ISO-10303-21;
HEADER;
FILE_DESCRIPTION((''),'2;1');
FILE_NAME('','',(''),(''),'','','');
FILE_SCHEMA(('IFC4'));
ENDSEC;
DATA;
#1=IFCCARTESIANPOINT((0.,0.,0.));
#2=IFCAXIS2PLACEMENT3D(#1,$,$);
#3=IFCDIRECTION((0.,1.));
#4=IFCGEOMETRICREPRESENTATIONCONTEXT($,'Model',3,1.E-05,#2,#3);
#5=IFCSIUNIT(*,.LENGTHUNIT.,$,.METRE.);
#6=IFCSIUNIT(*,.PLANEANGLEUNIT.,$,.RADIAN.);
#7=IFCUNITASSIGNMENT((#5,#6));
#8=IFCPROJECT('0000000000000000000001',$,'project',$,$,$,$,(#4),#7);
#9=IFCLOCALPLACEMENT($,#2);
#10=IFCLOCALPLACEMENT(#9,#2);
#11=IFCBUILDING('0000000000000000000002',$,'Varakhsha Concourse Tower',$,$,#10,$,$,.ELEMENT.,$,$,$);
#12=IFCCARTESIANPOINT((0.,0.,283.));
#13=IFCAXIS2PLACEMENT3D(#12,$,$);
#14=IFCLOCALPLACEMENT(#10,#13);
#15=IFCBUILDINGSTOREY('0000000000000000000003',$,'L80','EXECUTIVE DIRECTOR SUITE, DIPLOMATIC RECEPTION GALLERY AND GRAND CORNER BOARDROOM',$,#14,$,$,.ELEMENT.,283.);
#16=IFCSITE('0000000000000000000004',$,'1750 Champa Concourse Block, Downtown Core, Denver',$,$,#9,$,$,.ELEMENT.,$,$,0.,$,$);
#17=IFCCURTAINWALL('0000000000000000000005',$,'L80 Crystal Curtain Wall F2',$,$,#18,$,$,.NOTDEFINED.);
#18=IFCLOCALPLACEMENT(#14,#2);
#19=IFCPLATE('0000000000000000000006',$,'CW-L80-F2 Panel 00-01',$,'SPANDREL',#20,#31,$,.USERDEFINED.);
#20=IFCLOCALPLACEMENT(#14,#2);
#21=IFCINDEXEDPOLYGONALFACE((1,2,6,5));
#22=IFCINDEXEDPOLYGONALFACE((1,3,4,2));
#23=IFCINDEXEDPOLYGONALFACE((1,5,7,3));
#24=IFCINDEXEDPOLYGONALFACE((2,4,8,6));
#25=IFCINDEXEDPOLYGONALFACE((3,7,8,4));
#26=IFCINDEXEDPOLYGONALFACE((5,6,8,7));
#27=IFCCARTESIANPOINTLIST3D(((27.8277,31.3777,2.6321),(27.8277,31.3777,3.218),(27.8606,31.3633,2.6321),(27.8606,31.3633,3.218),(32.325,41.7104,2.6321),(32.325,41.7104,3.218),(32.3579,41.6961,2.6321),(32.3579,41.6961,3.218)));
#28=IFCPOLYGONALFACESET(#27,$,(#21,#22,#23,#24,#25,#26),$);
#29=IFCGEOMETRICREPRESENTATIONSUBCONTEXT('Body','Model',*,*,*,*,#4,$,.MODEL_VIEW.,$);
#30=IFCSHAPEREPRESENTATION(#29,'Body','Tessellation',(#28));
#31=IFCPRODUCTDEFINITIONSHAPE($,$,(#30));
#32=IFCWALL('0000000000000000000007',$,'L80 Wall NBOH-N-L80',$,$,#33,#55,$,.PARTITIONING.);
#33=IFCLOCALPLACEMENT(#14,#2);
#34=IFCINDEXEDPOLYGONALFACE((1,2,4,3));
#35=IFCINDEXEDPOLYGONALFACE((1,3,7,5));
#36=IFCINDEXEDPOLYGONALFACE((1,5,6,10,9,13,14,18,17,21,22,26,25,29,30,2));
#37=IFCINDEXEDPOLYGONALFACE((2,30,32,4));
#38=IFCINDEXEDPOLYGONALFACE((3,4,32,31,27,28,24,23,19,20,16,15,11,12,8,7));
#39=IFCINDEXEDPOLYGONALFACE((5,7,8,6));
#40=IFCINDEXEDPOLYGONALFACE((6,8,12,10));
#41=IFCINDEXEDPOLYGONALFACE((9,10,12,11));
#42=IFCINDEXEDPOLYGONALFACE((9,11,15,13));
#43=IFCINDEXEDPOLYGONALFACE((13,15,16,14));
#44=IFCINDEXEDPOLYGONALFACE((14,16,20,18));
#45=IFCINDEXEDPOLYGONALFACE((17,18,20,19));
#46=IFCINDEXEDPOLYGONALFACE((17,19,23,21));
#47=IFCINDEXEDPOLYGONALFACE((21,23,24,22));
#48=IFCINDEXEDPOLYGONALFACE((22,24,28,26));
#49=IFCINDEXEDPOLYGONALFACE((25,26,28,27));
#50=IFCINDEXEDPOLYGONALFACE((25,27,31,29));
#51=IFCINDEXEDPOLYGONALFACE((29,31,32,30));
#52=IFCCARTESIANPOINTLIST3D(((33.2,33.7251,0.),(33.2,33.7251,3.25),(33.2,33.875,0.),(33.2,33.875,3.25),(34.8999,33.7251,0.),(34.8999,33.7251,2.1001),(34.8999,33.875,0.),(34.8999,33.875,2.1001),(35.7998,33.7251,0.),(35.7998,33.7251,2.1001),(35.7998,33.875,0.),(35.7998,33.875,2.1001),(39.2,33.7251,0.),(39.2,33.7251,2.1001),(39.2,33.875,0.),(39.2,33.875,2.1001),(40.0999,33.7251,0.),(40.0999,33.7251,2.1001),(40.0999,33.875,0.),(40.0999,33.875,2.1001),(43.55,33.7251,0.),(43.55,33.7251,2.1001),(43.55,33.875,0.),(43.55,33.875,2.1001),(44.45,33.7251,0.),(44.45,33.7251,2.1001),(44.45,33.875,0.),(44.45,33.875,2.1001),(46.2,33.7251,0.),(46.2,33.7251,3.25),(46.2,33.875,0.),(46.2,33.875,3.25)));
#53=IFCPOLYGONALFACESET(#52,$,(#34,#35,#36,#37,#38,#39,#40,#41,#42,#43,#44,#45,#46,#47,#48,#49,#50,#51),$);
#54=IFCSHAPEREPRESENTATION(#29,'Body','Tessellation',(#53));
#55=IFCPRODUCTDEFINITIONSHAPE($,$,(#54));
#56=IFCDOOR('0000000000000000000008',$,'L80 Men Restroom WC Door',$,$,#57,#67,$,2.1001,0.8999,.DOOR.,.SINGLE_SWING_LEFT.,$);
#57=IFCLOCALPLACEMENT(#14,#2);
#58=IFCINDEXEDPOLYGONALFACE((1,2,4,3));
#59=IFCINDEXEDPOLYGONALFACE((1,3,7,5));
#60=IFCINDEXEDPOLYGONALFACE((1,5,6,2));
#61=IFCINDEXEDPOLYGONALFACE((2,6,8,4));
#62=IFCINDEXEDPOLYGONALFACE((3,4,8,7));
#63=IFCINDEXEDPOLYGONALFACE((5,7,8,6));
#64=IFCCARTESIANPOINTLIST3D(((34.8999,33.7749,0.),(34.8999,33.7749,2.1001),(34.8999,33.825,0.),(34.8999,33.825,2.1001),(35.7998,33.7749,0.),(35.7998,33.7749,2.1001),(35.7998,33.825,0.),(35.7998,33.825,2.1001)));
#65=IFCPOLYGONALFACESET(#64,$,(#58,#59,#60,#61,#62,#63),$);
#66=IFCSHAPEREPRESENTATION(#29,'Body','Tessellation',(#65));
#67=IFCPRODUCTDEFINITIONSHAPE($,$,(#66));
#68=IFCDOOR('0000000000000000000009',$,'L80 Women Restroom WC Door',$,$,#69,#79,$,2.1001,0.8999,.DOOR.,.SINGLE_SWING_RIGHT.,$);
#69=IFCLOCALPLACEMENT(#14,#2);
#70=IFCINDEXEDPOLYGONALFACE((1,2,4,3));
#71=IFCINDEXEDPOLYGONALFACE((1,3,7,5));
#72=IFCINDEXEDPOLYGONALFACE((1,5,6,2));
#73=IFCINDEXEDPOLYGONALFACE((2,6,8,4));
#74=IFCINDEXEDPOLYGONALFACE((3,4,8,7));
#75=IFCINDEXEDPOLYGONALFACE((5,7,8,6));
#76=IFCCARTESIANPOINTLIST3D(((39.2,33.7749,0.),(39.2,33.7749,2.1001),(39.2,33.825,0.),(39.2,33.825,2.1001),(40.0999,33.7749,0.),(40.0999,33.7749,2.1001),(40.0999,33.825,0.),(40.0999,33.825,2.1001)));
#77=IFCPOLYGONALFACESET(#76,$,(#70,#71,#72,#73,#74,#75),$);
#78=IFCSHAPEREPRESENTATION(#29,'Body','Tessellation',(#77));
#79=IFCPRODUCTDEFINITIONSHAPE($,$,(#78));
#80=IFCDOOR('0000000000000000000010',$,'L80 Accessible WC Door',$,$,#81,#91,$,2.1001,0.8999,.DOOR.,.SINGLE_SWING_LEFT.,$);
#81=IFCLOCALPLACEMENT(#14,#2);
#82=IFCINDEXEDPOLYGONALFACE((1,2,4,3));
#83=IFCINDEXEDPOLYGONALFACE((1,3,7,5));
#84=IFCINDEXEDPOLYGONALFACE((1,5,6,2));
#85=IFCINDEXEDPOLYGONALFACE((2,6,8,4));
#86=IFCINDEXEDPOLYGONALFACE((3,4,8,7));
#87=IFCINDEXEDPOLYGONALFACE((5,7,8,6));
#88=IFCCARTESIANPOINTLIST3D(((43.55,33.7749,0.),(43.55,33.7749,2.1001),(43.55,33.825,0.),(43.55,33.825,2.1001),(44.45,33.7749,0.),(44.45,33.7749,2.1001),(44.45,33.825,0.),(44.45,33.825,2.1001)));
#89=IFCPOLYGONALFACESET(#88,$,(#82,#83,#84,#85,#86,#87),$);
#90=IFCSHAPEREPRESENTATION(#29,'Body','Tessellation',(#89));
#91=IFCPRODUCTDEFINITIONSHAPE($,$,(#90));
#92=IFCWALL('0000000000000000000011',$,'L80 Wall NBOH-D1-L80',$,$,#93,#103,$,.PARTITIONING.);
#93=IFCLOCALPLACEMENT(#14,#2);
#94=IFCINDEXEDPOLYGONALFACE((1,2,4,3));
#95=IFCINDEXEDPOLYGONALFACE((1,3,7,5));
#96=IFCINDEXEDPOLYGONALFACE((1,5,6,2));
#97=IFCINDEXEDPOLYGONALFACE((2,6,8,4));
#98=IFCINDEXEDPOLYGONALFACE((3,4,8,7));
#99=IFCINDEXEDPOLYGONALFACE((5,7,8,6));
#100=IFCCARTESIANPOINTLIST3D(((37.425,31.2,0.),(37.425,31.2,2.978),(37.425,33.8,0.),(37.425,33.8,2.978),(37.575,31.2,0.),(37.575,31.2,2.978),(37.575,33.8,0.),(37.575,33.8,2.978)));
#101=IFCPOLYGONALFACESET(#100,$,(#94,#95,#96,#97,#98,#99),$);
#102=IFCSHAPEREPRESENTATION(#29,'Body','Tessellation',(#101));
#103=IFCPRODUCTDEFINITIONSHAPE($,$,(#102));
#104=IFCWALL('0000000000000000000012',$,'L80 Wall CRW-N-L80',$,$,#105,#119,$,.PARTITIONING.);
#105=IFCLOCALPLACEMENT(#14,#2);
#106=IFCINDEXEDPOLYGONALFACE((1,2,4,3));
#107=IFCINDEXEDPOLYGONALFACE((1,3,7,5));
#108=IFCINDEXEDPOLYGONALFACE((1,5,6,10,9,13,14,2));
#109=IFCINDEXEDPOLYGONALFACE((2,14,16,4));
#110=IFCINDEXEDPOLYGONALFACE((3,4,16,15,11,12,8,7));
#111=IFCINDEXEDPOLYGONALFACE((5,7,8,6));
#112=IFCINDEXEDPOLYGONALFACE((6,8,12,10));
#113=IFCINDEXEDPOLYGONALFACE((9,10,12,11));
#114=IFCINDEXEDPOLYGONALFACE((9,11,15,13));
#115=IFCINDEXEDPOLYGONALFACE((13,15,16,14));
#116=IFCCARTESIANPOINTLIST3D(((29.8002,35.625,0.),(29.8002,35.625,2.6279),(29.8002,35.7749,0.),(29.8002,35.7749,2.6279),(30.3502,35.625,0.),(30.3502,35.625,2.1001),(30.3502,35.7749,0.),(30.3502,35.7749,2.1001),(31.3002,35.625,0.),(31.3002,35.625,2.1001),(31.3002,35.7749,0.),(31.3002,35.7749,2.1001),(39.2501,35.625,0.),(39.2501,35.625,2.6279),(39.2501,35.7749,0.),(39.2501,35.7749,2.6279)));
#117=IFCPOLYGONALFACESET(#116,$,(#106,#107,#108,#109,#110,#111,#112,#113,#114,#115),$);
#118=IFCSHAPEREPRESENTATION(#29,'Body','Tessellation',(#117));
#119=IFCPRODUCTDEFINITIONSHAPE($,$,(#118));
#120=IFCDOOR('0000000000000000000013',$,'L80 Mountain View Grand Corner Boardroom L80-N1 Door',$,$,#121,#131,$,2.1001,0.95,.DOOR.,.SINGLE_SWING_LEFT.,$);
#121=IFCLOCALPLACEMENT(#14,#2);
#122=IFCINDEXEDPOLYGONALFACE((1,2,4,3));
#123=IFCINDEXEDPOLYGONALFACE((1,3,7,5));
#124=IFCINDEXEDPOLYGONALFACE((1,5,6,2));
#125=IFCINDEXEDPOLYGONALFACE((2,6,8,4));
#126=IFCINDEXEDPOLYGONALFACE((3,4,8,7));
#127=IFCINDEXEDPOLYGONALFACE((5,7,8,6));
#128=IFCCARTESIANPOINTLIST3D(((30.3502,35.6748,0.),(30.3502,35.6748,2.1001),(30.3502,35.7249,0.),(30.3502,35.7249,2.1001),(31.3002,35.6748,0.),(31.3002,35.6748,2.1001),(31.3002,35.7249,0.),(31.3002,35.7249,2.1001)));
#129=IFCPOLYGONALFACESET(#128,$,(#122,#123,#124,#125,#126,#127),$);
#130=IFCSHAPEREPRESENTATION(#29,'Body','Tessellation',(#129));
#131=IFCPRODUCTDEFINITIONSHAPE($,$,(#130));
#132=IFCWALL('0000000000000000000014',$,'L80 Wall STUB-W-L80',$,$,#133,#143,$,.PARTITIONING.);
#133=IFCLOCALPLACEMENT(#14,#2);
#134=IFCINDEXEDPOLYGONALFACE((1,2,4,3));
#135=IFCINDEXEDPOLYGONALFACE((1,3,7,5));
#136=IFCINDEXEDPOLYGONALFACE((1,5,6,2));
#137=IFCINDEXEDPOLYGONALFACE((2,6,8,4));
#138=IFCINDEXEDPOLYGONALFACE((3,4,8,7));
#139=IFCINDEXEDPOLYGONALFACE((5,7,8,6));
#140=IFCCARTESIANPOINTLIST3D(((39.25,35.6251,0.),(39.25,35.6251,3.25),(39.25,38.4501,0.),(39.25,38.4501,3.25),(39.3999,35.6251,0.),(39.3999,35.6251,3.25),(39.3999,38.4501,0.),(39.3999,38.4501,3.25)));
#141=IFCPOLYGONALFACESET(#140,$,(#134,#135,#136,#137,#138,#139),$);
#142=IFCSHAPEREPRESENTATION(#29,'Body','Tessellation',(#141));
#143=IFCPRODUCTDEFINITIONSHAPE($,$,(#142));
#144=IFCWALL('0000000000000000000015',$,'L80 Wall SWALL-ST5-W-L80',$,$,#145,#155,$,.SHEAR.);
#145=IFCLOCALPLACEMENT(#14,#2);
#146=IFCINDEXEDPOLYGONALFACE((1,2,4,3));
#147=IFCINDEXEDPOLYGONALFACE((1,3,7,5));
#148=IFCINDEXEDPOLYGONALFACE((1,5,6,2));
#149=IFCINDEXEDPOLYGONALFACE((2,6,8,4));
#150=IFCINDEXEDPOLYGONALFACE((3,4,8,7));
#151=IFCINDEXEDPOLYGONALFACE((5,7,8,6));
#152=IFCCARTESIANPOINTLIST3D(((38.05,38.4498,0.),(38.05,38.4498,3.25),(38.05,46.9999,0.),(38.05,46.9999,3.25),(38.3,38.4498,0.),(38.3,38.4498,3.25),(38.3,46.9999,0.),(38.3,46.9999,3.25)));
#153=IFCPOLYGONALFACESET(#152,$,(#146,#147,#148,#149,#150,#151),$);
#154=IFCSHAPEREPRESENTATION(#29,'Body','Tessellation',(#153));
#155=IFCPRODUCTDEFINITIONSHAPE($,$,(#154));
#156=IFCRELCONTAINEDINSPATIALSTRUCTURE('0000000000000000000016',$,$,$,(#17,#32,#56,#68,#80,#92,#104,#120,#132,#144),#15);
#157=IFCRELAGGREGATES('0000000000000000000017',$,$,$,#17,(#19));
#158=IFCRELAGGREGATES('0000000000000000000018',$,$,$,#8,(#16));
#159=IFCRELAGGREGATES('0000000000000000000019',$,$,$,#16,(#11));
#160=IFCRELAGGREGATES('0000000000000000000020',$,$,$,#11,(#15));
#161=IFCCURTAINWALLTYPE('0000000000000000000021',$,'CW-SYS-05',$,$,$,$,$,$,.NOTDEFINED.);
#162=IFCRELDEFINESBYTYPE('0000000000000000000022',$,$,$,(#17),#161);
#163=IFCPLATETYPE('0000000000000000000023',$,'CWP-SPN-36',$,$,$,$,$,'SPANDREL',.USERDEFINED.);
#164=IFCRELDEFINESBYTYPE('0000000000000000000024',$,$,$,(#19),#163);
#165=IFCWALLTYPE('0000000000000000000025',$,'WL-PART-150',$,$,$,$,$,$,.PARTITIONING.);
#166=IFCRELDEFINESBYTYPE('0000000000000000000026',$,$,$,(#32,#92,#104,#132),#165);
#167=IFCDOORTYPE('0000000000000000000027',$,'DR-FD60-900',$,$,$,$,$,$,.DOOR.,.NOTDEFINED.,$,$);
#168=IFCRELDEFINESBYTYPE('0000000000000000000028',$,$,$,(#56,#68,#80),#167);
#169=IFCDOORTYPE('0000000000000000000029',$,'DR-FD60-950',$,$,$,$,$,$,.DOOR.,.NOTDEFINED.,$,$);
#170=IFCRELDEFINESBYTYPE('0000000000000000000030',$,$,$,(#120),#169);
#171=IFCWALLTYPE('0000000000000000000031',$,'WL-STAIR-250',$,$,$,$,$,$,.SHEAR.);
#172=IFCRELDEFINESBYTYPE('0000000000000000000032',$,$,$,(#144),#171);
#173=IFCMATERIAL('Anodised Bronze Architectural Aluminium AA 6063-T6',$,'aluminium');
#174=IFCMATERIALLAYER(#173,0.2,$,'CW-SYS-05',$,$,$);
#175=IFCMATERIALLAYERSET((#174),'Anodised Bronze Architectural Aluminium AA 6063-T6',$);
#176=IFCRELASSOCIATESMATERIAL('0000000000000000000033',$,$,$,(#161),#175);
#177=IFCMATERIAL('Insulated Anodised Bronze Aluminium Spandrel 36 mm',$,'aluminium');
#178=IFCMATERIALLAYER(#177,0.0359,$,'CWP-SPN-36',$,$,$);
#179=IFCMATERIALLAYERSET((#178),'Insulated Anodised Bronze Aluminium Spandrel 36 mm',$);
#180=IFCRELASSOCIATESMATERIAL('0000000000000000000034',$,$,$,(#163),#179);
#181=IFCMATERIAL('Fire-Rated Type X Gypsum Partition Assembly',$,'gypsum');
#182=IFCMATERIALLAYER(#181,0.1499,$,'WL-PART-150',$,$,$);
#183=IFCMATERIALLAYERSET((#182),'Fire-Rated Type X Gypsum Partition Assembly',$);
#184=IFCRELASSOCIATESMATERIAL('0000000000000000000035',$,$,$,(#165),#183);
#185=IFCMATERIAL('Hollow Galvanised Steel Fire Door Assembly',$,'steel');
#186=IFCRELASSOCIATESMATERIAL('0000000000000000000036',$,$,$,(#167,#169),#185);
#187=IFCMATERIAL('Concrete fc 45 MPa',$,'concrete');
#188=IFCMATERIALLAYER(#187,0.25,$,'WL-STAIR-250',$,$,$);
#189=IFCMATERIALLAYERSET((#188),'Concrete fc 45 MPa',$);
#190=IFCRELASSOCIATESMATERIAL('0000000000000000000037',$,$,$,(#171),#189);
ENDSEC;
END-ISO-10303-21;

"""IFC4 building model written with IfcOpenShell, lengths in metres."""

from ifc_helpers import new_model, si_unit, direction, frame, frame_2d, origin, origin_2d, place, context, subcontext, project, spatial, rectangle, extrude, source, transform, mapped, material, layer, layer_set, type_object, type_shapes, element, fill, aggregate, save


model = new_model("IFC4")

# Units and contexts
model_context = context("Model", 3, precision=1e-05, world=origin(), true_north=direction((0.0, 1.0)))
body_context = subcontext(model_context, "Body", "Model", "MODEL_VIEW")
ifc_project = project(units=[si_unit("LENGTHUNIT", "METRE"), si_unit("PLANEANGLEUNIT", "RADIAN")], contexts=[model_context])

# Site, building, storey
site_placement = place(None, origin())
site = spatial("IfcSite", under=ifc_project, at=site_placement, Name="1750 Champa Concourse Block, Downtown Core, Denver", CompositionType="ELEMENT", RefElevation=0.0)
building_placement = place(site_placement, origin())
building = spatial("IfcBuilding", under=site, at=building_placement, Name="Varakhsha Concourse Tower", CompositionType="ELEMENT")
storey_placement = place(building_placement, frame((0.0, 0.0, 283.0)))
storey = spatial("IfcBuildingStorey", under=building, at=storey_placement, Name="L80", Description="EXECUTIVE DIRECTOR SUITE, DIPLOMATIC RECEPTION GALLERY AND GRAND CORNER BOARDROOM", CompositionType="ELEMENT", Elevation=283.0)

# Curtain wall, plate
ifc_material_1 = material(Name="Anodised Bronze Architectural Aluminium AA 6063-T6", Category="aluminium")
ifc_layer_1 = layer(ifc_material_1, 0.2, Name="CW-SYS-05")
ifc_layer_set_1 = layer_set([ifc_layer_1], Name="Anodised Bronze Architectural Aluminium AA 6063-T6")
curtain_wall_type = type_object("IfcCurtainWallType", Name="CW-SYS-05", PredefinedType="NOTDEFINED", material=ifc_layer_set_1)
curtain_wall_placement = place(storey_placement, origin())
curtain_wall = element("IfcCurtainWall", 1, at=curtain_wall_placement, inside=storey, type_object=curtain_wall_type, Name="L80 Crystal Curtain Wall F2", PredefinedType="NOTDEFINED")
ifc_material_2 = material(Name="Insulated Anodised Bronze Aluminium Spandrel 36 mm", Category="aluminium")
ifc_layer_2 = layer(ifc_material_2, 0.0359, Name="CWP-SPN-36")
ifc_layer_set_2 = layer_set([ifc_layer_2], Name="Insulated Anodised Bronze Aluminium Spandrel 36 mm")
plate_type_1 = type_object("IfcPlateType", Name="CWP-SPN-36", ElementType="SPANDREL", PredefinedType="USERDEFINED", material=ifc_layer_set_2)
shared_shape_1 = source(origin(), body_context, "Body", "SweptSolid", [
    extrude(rectangle(XDim=11.269, YDim=0.0359, at=origin_2d()), origin(), (0.0, 0.0, 1.0), 0.5859),
])
type_shapes(plate_type_1, [shared_shape_1])
plate_1_placement = place(storey_placement, frame((30.0928, 36.5369, 2.6321), z_axis=(0.0, 0.0, 1.0), x_axis=(0.399084, 0.916915, 0.0)))
plate_1 = element("IfcPlate", 2, at=plate_1_placement, type_object=plate_type_1, Name="CW-L80-F2 Panel 00-01", ObjectType="SPANDREL", PredefinedType="USERDEFINED", context=body_context, shape_type="MappedRepresentation", body=[
    mapped(shared_shape_1, transform((0.0, 0.0, 0.0), scale=1.0)),
])
aggregate(curtain_wall, [plate_1])

# Wall, openings, doors
ifc_material_3 = material(Name="Fire-Rated Type X Gypsum Partition Assembly", Category="gypsum")
ifc_layer_3 = layer(ifc_material_3, 0.1499, Name="WL-PART-150")
ifc_layer_set_3 = layer_set([ifc_layer_3], Name="Fire-Rated Type X Gypsum Partition Assembly")
wall_type_1 = type_object("IfcWallType", Name="WL-PART-150", PredefinedType="PARTITIONING", material=ifc_layer_set_3)
wall_1_placement = place(storey_placement, frame((33.2, 33.8, 0.0), z_axis=(0.0, 0.0, 1.0), x_axis=(1.0, 0.0, 0.0)))
wall_1 = element("IfcWall", 3, at=wall_1_placement, inside=storey, type_object=wall_type_1, Name="L80 Wall NBOH-N-L80", PredefinedType="PARTITIONING", context=body_context, shape_type="SweptSolid", body=[
    extrude(rectangle(XDim=13.0, YDim=0.1499, at=frame_2d((6.5, 0.0))), origin(), (0.0, 0.0, 1.0), 3.25),
])
opening_1_placement = place(wall_1_placement, frame((1.7, 0.0, 0.0)))
opening_1 = element("IfcOpeningElement", 4, at=opening_1_placement, cuts=wall_1, PredefinedType="OPENING", context=body_context, shape_type="SweptSolid", body=[
    extrude(rectangle(XDim=0.8999, YDim=2.1001, at=frame_2d((0.45, 1.05))), frame((0.0, 0.085, 0.0), z_axis=(0.0, -1.0, 0.0), x_axis=(1.0, 0.0, 0.0)), (0.0, 0.0, 1.0), 0.1699),
])
opening_2_placement = place(wall_1_placement, frame((6.0, 0.0, 0.0)))
opening_2 = element("IfcOpeningElement", 5, at=opening_2_placement, cuts=wall_1, PredefinedType="OPENING", context=body_context, shape_type="SweptSolid", body=[
    extrude(rectangle(XDim=0.8999, YDim=2.1001, at=frame_2d((0.45, 1.05))), frame((0.0, 0.085, 0.0), z_axis=(0.0, -1.0, 0.0), x_axis=(1.0, 0.0, 0.0)), (0.0, 0.0, 1.0), 0.1699),
])
opening_3_placement = place(wall_1_placement, frame((10.3501, 0.0, 0.0)))
opening_3 = element("IfcOpeningElement", 6, at=opening_3_placement, cuts=wall_1, PredefinedType="OPENING", context=body_context, shape_type="SweptSolid", body=[
    extrude(rectangle(XDim=0.8999, YDim=2.1001, at=frame_2d((0.45, 1.05))), frame((0.0, 0.085, 0.0), z_axis=(0.0, -1.0, 0.0), x_axis=(1.0, 0.0, 0.0)), (0.0, 0.0, 1.0), 0.1699),
])
ifc_material_4 = material(Name="Hollow Galvanised Steel Fire Door Assembly", Category="steel")
door_type_1 = type_object("IfcDoorType", Name="DR-FD60-900", OperationType="NOTDEFINED", PredefinedType="DOOR", material=ifc_material_4)
door_1_placement = place(opening_1_placement, origin())
door_1 = element("IfcDoor", 7, at=door_1_placement, inside=storey, type_object=door_type_1, Name="L80 Men Restroom WC Door", OperationType="SINGLE_SWING_LEFT", OverallHeight=2.1001, OverallWidth=0.8999, PredefinedType="DOOR", context=body_context, shape_type="SweptSolid", body=[
    extrude(rectangle(XDim=0.8999, YDim=2.1001, at=frame_2d((0.45, 1.05))), frame((0.0, 0.0249, 0.0), z_axis=(0.0, -1.0, 0.0), x_axis=(1.0, 0.0, 0.0)), (0.0, 0.0, 1.0), 0.05),
])
fill(opening_1, door_1)
door_2_placement = place(opening_2_placement, origin())
door_2 = element("IfcDoor", 8, at=door_2_placement, inside=storey, type_object=door_type_1, Name="L80 Women Restroom WC Door", OperationType="SINGLE_SWING_RIGHT", OverallHeight=2.1001, OverallWidth=0.8999, PredefinedType="DOOR", context=body_context, shape_type="SweptSolid", body=[
    extrude(rectangle(XDim=0.8999, YDim=2.1001, at=frame_2d((0.45, 1.05))), frame((0.0, 0.0249, 0.0), z_axis=(0.0, -1.0, 0.0), x_axis=(1.0, 0.0, 0.0)), (0.0, 0.0, 1.0), 0.05),
])
fill(opening_2, door_2)
door_3_placement = place(opening_3_placement, origin())
door_3 = element("IfcDoor", 9, at=door_3_placement, inside=storey, type_object=door_type_1, Name="L80 Accessible WC Door", OperationType="SINGLE_SWING_LEFT", OverallHeight=2.1001, OverallWidth=0.8999, PredefinedType="DOOR", context=body_context, shape_type="SweptSolid", body=[
    extrude(rectangle(XDim=0.8999, YDim=2.1001, at=frame_2d((0.45, 1.05))), frame((0.0, 0.0249, 0.0), z_axis=(0.0, -1.0, 0.0), x_axis=(1.0, 0.0, 0.0)), (0.0, 0.0, 1.0), 0.05),
])
fill(opening_3, door_3)

# Wall
wall_2_placement = place(storey_placement, frame((37.5, 31.2, 0.0), z_axis=(0.0, 0.0, 1.0), x_axis=(0.0, 1.0, 0.0)))
element("IfcWall", 10, at=wall_2_placement, inside=storey, type_object=wall_type_1, Name="L80 Wall NBOH-D1-L80", PredefinedType="PARTITIONING", context=body_context, shape_type="SweptSolid", body=[
    extrude(rectangle(XDim=2.6001, YDim=0.1499, at=frame_2d((1.3, 0.0))), origin(), (0.0, 0.0, 1.0), 2.978),
])

# Wall, opening, door
wall_3_placement = place(storey_placement, frame((29.8, 35.7, 0.0), z_axis=(0.0, 0.0, 1.0), x_axis=(1.0, 0.0, 0.0)))
wall_3 = element("IfcWall", 11, at=wall_3_placement, inside=storey, type_object=wall_type_1, Name="L80 Wall CRW-N-L80", PredefinedType="PARTITIONING", context=body_context, shape_type="SweptSolid", body=[
    extrude(rectangle(XDim=9.45, YDim=0.1499, at=frame_2d((4.7251, 0.0))), origin(), (0.0, 0.0, 1.0), 2.6279),
])
opening_4_placement = place(wall_3_placement, frame((0.55, 0.0, 0.0)))
opening_4 = element("IfcOpeningElement", 12, at=opening_4_placement, cuts=wall_3, PredefinedType="OPENING", context=body_context, shape_type="SweptSolid", body=[
    extrude(rectangle(XDim=0.95, YDim=2.1001, at=frame_2d((0.4751, 1.05))), frame((0.0, 0.085, 0.0), z_axis=(0.0, -1.0, 0.0), x_axis=(1.0, 0.0, 0.0)), (0.0, 0.0, 1.0), 0.1699),
])
door_type_2 = type_object("IfcDoorType", Name="DR-FD60-950", OperationType="NOTDEFINED", PredefinedType="DOOR", material=ifc_material_4)
door_4_placement = place(opening_4_placement, origin())
door_4 = element("IfcDoor", 13, at=door_4_placement, inside=storey, type_object=door_type_2, Name="L80 Mountain View Grand Corner Boardroom L80-N1 Door", OperationType="SINGLE_SWING_LEFT", OverallHeight=2.1001, OverallWidth=0.95, PredefinedType="DOOR", context=body_context, shape_type="SweptSolid", body=[
    extrude(rectangle(XDim=0.95, YDim=2.1001, at=frame_2d((0.4751, 1.05))), frame((0.0, 0.0249, 0.0), z_axis=(0.0, -1.0, 0.0), x_axis=(1.0, 0.0, 0.0)), (0.0, 0.0, 1.0), 0.05),
])
fill(opening_4, door_4)

# Walls
wall_4_placement = place(storey_placement, frame((39.325, 35.625, 0.0), z_axis=(0.0, 0.0, 1.0), x_axis=(0.0, 1.0, 0.0)))
element("IfcWall", 14, at=wall_4_placement, inside=storey, type_object=wall_type_1, Name="L80 Wall STUB-W-L80", PredefinedType="PARTITIONING", context=body_context, shape_type="SweptSolid", body=[
    extrude(rectangle(XDim=2.825, YDim=0.1499, at=frame_2d((1.4126, 0.0))), origin(), (0.0, 0.0, 1.0), 3.25),
])
ifc_material_5 = material(Name="Concrete fc 45 MPa", Category="concrete")
ifc_layer_4 = layer(ifc_material_5, 0.25, Name="WL-STAIR-250")
ifc_layer_set_4 = layer_set([ifc_layer_4], Name="Concrete fc 45 MPa")
wall_type_2 = type_object("IfcWallType", Name="WL-STAIR-250", PredefinedType="SHEAR", material=ifc_layer_set_4)
wall_5_placement = place(storey_placement, frame((38.175, 38.45, 0.0), z_axis=(0.0, 0.0, 1.0), x_axis=(0.0, 1.0, 0.0)))
element("IfcWall", 15, at=wall_5_placement, inside=storey, type_object=wall_type_2, Name="L80 Wall SWALL-ST5-W-L80", PredefinedType="SHEAR", context=body_context, shape_type="SweptSolid", body=[
    extrude(rectangle(XDim=8.55, YDim=0.25, at=frame_2d((4.2749, 0.0))), origin(), (0.0, 0.0, 1.0), 3.25),
])

save(model, "model.ifc")
